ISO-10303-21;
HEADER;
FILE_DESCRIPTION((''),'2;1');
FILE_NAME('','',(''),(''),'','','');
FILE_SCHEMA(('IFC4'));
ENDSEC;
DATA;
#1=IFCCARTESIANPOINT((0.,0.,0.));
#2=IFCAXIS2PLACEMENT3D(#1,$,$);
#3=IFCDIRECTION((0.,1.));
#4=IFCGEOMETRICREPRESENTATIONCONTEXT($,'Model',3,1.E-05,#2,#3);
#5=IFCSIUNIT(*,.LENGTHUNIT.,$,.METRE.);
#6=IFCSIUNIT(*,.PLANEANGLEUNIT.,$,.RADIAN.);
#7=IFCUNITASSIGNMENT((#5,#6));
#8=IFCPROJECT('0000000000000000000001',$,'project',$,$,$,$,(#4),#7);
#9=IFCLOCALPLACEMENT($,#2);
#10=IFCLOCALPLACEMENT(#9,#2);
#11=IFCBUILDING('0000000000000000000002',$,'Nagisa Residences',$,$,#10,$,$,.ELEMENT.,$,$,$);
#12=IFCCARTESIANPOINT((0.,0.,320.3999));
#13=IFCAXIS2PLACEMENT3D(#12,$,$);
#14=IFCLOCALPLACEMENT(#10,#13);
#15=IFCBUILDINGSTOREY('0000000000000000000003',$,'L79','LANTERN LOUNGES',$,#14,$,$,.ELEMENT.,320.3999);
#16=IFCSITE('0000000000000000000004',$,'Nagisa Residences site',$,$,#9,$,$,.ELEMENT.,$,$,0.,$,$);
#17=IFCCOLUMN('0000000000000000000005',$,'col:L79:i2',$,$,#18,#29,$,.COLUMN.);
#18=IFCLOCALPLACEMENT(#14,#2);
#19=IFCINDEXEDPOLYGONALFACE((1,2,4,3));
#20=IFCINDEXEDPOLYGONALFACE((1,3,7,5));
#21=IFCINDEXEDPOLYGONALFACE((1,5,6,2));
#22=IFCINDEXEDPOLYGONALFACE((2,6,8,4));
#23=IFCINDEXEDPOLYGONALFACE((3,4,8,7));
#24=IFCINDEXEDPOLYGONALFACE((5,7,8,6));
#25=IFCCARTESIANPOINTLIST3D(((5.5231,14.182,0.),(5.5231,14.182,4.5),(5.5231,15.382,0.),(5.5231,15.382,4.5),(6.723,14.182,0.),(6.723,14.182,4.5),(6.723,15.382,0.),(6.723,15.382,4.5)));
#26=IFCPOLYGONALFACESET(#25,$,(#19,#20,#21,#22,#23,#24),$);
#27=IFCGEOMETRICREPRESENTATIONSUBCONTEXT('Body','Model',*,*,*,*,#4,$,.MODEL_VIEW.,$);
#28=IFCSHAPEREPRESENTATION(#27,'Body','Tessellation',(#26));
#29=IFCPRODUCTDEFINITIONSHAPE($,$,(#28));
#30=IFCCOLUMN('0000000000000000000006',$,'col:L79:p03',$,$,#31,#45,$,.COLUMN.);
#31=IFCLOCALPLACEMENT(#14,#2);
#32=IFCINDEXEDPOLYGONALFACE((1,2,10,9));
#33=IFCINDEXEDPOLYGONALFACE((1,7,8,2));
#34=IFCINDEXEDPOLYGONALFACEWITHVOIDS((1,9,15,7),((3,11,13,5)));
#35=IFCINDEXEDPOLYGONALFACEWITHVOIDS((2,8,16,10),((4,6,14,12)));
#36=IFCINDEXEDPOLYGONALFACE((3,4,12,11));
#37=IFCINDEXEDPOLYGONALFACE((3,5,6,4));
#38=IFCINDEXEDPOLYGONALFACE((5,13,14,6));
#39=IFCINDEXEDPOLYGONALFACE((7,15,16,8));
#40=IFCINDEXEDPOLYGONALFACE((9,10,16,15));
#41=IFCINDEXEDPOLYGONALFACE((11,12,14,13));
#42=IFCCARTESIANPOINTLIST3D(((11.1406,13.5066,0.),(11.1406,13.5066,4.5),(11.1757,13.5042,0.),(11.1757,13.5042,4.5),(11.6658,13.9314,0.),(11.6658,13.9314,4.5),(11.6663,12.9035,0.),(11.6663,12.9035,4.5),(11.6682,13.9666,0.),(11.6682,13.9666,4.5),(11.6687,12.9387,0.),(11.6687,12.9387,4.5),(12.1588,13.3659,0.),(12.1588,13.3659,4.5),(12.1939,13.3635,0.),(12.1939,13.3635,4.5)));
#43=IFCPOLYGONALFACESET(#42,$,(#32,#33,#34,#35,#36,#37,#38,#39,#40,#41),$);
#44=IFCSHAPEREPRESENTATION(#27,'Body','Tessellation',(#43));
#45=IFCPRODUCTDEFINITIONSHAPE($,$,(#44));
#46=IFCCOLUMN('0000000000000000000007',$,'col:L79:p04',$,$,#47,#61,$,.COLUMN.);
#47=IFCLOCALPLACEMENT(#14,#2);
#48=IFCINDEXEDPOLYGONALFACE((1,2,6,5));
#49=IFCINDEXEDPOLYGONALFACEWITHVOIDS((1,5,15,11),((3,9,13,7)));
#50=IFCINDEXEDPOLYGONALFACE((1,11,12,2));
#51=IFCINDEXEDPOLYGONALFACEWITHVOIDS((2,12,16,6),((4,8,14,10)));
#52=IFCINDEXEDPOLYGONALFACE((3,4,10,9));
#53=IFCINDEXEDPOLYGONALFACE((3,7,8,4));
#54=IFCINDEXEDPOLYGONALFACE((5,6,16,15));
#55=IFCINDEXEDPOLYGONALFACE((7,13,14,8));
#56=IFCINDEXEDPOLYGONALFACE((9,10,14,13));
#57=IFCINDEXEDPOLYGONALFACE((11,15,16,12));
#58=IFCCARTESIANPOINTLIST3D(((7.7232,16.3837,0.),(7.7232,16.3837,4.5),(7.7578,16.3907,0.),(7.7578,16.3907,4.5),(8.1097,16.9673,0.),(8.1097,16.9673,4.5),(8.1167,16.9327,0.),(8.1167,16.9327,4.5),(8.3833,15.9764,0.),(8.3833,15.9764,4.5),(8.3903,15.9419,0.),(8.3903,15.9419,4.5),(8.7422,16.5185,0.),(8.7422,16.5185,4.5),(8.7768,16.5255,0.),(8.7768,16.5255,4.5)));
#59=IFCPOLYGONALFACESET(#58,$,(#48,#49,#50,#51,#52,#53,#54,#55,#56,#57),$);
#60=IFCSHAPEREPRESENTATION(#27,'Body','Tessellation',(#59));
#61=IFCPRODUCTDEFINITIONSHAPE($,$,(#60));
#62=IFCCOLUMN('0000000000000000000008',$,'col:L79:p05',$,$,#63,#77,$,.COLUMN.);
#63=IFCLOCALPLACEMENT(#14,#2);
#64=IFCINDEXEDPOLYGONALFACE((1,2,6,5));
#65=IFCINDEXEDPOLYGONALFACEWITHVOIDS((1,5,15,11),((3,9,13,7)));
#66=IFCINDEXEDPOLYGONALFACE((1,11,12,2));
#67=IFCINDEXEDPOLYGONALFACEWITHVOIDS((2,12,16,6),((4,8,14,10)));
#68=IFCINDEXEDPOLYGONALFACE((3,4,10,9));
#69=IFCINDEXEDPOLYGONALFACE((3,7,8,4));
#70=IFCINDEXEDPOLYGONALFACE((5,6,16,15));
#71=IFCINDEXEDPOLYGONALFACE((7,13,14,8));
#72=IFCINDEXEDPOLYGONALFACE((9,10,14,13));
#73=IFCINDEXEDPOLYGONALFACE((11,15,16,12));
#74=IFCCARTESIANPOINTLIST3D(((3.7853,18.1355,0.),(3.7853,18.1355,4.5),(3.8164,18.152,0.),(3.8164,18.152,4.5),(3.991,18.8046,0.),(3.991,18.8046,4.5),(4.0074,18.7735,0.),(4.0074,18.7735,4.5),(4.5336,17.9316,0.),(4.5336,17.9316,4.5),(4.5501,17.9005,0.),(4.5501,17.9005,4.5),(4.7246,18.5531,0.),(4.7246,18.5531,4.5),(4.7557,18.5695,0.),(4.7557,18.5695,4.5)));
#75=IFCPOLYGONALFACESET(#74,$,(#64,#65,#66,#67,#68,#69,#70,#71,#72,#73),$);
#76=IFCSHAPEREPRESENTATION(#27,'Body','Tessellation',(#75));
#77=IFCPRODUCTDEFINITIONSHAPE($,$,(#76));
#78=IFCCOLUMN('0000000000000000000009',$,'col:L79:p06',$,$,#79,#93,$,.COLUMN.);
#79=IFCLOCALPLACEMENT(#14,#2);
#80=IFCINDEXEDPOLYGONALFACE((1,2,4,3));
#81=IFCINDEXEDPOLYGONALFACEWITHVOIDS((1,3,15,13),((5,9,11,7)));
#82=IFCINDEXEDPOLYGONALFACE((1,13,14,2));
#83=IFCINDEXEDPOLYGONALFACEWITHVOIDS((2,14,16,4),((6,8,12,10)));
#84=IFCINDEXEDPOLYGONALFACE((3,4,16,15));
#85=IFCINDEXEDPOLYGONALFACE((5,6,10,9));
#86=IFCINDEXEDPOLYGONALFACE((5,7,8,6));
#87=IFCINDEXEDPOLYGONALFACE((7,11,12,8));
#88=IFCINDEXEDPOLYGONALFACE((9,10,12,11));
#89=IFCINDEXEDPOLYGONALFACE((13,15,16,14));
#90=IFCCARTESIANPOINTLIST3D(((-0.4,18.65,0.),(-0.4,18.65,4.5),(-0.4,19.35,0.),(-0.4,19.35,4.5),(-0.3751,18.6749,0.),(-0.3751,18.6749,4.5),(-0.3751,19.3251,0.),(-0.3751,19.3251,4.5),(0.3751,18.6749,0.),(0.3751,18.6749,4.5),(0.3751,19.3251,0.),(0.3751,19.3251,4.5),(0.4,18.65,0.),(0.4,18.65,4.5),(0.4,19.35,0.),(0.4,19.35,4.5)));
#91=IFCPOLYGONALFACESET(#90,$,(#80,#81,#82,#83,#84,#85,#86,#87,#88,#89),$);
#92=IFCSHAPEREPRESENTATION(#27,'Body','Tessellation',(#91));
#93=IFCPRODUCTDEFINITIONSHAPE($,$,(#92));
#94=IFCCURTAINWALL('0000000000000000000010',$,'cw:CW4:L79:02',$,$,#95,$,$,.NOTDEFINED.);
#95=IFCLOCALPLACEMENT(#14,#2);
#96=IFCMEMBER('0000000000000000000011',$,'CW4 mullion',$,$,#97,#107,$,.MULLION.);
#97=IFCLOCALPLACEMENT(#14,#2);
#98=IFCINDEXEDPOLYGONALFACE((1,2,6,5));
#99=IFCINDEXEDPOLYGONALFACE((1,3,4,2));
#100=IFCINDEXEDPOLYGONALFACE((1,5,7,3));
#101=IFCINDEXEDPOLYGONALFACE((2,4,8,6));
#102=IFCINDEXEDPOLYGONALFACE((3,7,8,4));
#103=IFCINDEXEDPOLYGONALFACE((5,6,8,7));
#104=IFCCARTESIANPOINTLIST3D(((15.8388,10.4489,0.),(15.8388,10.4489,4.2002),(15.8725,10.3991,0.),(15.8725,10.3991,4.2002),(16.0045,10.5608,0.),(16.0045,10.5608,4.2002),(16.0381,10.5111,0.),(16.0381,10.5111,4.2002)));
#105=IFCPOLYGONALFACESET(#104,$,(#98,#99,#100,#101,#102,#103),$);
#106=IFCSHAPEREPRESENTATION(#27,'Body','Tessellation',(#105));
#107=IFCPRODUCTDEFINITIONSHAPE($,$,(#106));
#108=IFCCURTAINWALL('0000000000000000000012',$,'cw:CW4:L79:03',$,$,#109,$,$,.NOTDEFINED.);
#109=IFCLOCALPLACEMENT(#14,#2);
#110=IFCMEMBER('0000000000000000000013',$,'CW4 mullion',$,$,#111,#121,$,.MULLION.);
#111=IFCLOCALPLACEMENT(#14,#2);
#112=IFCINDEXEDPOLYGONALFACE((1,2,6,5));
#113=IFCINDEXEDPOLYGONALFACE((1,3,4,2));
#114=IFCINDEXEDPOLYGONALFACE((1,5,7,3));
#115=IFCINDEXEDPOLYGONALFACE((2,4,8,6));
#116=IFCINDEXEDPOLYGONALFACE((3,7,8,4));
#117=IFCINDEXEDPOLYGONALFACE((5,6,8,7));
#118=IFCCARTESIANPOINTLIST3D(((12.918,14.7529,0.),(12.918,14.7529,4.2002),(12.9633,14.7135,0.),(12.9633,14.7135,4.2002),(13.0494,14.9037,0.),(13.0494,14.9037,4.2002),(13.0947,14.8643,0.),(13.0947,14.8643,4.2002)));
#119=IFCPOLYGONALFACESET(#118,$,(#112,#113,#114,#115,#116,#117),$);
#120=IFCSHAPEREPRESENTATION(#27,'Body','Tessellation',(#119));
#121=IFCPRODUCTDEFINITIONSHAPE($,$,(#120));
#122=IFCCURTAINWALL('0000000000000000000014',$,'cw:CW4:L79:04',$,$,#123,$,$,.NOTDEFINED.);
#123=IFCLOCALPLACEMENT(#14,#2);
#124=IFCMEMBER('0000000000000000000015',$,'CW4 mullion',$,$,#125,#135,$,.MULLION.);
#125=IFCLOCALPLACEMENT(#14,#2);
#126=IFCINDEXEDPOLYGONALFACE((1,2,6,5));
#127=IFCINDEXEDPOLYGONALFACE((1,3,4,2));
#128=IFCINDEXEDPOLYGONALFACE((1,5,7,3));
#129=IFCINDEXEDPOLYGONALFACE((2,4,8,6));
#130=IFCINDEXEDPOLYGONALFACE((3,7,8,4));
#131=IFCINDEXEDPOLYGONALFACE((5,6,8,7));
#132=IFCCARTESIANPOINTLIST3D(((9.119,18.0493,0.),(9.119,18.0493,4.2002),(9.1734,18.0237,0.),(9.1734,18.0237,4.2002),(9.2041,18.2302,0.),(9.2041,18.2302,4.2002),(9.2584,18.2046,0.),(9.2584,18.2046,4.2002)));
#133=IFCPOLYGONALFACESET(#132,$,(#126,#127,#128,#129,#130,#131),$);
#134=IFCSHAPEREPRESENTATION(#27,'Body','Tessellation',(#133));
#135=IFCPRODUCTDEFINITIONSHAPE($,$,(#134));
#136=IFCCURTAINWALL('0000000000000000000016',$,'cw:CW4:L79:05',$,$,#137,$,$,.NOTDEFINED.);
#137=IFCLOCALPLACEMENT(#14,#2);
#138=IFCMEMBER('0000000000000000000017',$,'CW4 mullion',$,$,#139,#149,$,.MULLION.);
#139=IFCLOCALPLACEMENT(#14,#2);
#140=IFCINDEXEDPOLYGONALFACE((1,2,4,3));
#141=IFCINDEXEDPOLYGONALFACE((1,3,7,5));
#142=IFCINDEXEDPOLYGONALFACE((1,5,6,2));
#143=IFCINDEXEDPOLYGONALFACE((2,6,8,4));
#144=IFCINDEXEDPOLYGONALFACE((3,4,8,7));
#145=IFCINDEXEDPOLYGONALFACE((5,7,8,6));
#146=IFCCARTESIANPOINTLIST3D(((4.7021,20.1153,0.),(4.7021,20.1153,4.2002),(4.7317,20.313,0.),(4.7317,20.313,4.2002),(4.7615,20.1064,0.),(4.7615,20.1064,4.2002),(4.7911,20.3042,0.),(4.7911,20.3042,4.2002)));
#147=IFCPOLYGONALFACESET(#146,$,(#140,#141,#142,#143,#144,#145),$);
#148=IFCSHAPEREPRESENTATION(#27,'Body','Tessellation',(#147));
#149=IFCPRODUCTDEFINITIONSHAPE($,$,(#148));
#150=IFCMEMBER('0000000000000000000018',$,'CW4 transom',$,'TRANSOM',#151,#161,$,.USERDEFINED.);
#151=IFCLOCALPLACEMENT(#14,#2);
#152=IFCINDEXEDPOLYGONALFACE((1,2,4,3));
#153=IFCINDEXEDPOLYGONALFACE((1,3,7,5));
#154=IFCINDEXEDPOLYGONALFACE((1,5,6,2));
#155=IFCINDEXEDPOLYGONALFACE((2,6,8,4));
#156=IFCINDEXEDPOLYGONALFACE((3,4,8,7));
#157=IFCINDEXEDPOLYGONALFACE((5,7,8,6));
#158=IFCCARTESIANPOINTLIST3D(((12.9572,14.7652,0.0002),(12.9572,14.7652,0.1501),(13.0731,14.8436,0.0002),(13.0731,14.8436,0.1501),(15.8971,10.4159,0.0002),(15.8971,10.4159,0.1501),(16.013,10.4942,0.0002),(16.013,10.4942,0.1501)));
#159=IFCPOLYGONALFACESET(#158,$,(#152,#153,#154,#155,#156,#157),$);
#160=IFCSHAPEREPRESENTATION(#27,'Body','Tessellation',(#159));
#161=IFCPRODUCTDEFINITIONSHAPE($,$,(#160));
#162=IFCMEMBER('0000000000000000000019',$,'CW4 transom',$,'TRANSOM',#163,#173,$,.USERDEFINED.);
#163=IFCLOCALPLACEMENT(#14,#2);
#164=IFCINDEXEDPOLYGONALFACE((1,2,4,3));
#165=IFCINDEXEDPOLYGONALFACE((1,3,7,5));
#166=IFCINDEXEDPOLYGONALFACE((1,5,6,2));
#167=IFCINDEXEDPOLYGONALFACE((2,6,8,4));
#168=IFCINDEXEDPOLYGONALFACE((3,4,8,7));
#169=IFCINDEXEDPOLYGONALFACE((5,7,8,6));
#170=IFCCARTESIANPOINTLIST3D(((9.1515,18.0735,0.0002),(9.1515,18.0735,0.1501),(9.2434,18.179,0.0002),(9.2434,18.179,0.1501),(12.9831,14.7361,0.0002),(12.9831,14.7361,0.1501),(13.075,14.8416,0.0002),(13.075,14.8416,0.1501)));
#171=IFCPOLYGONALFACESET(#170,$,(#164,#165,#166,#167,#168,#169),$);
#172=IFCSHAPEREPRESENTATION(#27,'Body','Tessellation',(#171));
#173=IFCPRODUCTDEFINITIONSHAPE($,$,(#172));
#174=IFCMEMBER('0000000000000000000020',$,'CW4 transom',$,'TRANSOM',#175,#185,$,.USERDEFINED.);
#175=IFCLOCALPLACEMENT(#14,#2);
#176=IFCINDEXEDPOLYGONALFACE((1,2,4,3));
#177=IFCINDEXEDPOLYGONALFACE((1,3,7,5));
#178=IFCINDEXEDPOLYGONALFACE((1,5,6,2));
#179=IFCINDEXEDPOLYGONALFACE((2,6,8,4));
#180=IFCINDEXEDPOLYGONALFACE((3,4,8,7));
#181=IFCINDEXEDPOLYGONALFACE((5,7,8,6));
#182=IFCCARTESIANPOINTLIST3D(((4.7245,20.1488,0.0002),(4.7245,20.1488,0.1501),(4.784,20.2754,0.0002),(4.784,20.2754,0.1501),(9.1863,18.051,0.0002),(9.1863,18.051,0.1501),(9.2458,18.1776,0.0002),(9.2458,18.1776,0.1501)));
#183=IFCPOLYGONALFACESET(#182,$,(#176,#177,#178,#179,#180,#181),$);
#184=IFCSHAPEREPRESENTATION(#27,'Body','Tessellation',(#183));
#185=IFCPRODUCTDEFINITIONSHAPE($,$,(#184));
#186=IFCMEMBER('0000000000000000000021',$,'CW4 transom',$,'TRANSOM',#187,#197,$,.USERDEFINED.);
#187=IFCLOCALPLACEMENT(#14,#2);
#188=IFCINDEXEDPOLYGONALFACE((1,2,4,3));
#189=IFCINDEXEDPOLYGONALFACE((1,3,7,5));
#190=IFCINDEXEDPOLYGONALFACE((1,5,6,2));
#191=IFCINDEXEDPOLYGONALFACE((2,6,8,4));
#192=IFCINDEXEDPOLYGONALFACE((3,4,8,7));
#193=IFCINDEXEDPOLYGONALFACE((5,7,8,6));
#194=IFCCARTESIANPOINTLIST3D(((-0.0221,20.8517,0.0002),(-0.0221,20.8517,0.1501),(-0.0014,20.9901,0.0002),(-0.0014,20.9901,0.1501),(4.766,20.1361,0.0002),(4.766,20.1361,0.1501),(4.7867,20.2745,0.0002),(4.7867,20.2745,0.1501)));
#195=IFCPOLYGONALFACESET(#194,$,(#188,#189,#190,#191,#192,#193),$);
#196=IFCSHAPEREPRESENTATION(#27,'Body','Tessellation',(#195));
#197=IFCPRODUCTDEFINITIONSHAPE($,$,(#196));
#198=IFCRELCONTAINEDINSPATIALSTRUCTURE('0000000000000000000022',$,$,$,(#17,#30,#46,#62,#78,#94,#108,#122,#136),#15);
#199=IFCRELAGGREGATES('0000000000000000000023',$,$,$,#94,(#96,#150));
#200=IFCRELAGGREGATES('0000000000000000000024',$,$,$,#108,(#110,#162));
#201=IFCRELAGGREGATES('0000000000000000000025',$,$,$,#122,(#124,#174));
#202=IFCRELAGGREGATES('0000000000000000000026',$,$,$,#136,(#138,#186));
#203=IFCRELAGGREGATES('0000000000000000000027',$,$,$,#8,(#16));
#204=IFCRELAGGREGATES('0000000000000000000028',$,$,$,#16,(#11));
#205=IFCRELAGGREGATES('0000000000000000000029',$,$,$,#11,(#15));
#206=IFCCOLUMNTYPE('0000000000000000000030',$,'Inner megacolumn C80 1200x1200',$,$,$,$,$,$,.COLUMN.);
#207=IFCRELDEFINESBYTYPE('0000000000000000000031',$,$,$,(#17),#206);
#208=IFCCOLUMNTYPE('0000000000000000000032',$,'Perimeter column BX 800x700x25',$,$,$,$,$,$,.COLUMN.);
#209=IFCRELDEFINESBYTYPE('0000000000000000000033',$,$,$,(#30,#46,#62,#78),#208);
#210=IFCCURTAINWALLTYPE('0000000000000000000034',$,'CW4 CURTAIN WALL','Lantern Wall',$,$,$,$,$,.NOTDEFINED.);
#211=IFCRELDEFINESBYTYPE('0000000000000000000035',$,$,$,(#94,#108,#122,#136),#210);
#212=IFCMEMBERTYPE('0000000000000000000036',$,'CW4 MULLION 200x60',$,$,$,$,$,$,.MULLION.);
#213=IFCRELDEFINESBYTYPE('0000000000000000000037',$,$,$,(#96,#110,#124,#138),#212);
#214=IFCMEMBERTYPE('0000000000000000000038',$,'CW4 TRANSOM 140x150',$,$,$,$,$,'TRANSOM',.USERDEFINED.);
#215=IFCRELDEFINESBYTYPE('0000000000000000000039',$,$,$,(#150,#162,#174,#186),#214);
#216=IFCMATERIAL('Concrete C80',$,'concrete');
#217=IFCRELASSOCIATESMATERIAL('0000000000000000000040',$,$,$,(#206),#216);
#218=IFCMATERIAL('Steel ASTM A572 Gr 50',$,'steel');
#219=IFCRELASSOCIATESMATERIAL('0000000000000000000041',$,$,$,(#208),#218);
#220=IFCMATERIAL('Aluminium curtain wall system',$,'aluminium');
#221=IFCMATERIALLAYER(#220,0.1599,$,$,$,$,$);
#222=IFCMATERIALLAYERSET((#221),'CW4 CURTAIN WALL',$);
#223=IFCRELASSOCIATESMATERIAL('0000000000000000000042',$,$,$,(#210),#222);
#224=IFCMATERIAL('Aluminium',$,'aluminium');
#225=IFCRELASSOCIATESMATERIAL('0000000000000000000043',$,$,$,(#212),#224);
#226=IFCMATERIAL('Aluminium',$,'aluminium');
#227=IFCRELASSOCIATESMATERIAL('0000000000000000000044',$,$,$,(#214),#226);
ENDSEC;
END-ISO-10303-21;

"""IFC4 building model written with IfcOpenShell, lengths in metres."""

from ifc_helpers import new_model, si_unit, direction, frame, origin, origin_2d, place, context, subcontext, project, spatial, rectangle, hollow_rectangle, extrude, material, layer, layer_set, material_profile, profile_set, type_object, element, aggregate, save


model = new_model("IFC4")

# Units and contexts
model_context = context("Model", 3, precision=1e-05, world=origin(), true_north=direction((0.0, 1.0)))
body_context = subcontext(model_context, "Body", "Model", "MODEL_VIEW")
ifc_project = project(units=[si_unit("LENGTHUNIT", "METRE"), si_unit("PLANEANGLEUNIT", "RADIAN")], contexts=[model_context])

# Site, building, storey
site_placement = place(None, origin())
site = spatial("IfcSite", under=ifc_project, at=site_placement, Name="Nagisa Residences site", CompositionType="ELEMENT", RefElevation=0.0)
building_placement = place(site_placement, origin())
building = spatial("IfcBuilding", under=site, at=building_placement, Name="Nagisa Residences", CompositionType="ELEMENT")
storey_placement = place(building_placement, frame((0.0, 0.0, 320.3999)))
storey = spatial("IfcBuildingStorey", under=building, at=storey_placement, Name="L79", Description="LANTERN LOUNGES", CompositionType="ELEMENT", Elevation=320.3999)

# Columns
ifc_material_1 = material(Name="Concrete C80", Category="concrete")
ifc_material_profile_1 = material_profile(ifc_material_1, rectangle(XDim=1.2, YDim=1.2, at=origin_2d()), Name="C80 1200x1200")
ifc_profile_set_1 = profile_set([ifc_material_profile_1], Name="Concrete C80")
column_type_1 = type_object("IfcColumnType", Name="Inner megacolumn C80 1200x1200", PredefinedType="COLUMN", material=ifc_profile_set_1)
column_placement = place(storey_placement, frame((6.123, 14.782, 0.0), z_axis=(0.0, 0.0, 1.0), x_axis=(1.0, 0.0, 0.0)))
element("IfcColumn", 1, at=column_placement, inside=storey, type_object=column_type_1, Name="col:L79:i2", PredefinedType="COLUMN", context=body_context, shape_type="SweptSolid", body=[
    extrude(rectangle(XDim=1.2, YDim=1.2, at=origin_2d()), origin(), (0.0, 0.0, 1.0), 4.5),
])
ifc_material_2 = material(Name="Steel ASTM A572 Gr 50", Category="steel")
ifc_material_profile_2 = material_profile(ifc_material_2, hollow_rectangle(XDim=0.8, YDim=0.7, WallThickness=0.0249, at=origin_2d()), Name="BX 800x700x25")
ifc_profile_set_2 = profile_set([ifc_material_profile_2], Name="Steel ASTM A572 Gr 50")
column_type_2 = type_object("IfcColumnType", Name="Perimeter column BX 800x700x25", PredefinedType="COLUMN", material=ifc_profile_set_2)
for number, where, z_axis, x_axis, name in (
    (2, (11.6672, 13.4351, 0.0), (0.0, 0.0, 1.0), (-0.657135, 0.753773, 0.0), "col:L79:p03"),
    (3, (8.25, 16.4546, 0.0), (0.0, 0.0, 1.0), (-0.833744, 0.552151, 0.0), "col:L79:p04"),
    (4, (4.2705, 18.3525, 0.0), (0.0, 0.0, 1.0), (-0.95587, 0.29379, 0.0), "col:L79:p05"),
    (5, (0.0, 19.0, 0.0), (0.0, 0.0, 1.0), (-1.0, 0.0, 0.0), "col:L79:p06"),
):
    element("IfcColumn", number, at=place(storey_placement, frame(where, z_axis=z_axis, x_axis=x_axis)), inside=storey, type_object=column_type_2, Name=name, PredefinedType="COLUMN", context=body_context, shape_type="SweptSolid", body=[
        extrude(hollow_rectangle(XDim=0.8, YDim=0.7, WallThickness=0.0249, at=origin_2d()), origin(), (0.0, 0.0, 1.0), 4.5),
    ])

# Curtain walls, members
ifc_material_3 = material(Name="Aluminium curtain wall system", Category="aluminium")
ifc_layer_1 = layer(ifc_material_3, 0.1599)
ifc_layer_set_1 = layer_set([ifc_layer_1], Name="CW4 CURTAIN WALL")
curtain_wall_type = type_object("IfcCurtainWallType", Name="CW4 CURTAIN WALL", Description="Lantern Wall", PredefinedType="NOTDEFINED", material=ifc_layer_set_1)
curtain_wall_1_placement = place(storey_placement, origin())
curtain_wall_1 = element("IfcCurtainWall", 6, at=curtain_wall_1_placement, inside=storey, type_object=curtain_wall_type, Name="cw:CW4:L79:02", PredefinedType="NOTDEFINED")
ifc_material_4 = material(Name="Aluminium", Category="aluminium")
ifc_material_profile_3 = material_profile(ifc_material_4, rectangle(XDim=0.2, YDim=0.0601, at=origin_2d()), Name="CW4 MULLION 200x60")
ifc_profile_set_3 = profile_set([ifc_material_profile_3], Name="Aluminium")
member_type_1 = type_object("IfcMemberType", Name="CW4 MULLION 200x60", PredefinedType="MULLION", material=ifc_profile_set_3)
member_1_placement = place(storey_placement, frame((15.9385, 10.48, 0.0), z_axis=(0.0, 0.0, 1.0), x_axis=(-0.828473, -0.56003, 0.0)))
member_1 = element("IfcMember", 7, at=member_1_placement, type_object=member_type_1, Name="CW4 mullion", PredefinedType="MULLION", context=body_context, shape_type="SweptSolid", body=[
    extrude(rectangle(XDim=0.2, YDim=0.0601, at=origin_2d()), origin(), (0.0, 0.0, 1.0), 4.2002),
])
curtain_wall_2_placement = place(storey_placement, origin())
curtain_wall_2 = element("IfcCurtainWall", 8, at=curtain_wall_2_placement, inside=storey, type_object=curtain_wall_type, Name="cw:CW4:L79:03", PredefinedType="NOTDEFINED")
member_2_placement = place(storey_placement, frame((13.0063, 14.8086, 0.0), z_axis=(0.0, 0.0, 1.0), x_axis=(-0.656803, -0.754062, 0.0)))
member_2 = element("IfcMember", 9, at=member_2_placement, type_object=member_type_1, Name="CW4 mullion", PredefinedType="MULLION", context=body_context, shape_type="SweptSolid", body=[
    extrude(rectangle(XDim=0.2, YDim=0.0601, at=origin_2d()), origin(), (0.0, 0.0, 1.0), 4.2002),
])
curtain_wall_3_placement = place(storey_placement, origin())
curtain_wall_3 = element("IfcCurtainWall", 10, at=curtain_wall_3_placement, inside=storey, type_object=curtain_wall_type, Name="cw:CW4:L79:04", PredefinedType="NOTDEFINED")
member_3_placement = place(storey_placement, frame((9.1887, 18.127, 0.0), z_axis=(0.0, 0.0, 1.0), x_axis=(-0.425501, -0.904958, 0.0)))
member_3 = element("IfcMember", 11, at=member_3_placement, type_object=member_type_1, Name="CW4 mullion", PredefinedType="MULLION", context=body_context, shape_type="SweptSolid", body=[
    extrude(rectangle(XDim=0.2, YDim=0.0601, at=origin_2d()), origin(), (0.0, 0.0, 1.0), 4.2002),
])
curtain_wall_4_placement = place(storey_placement, origin())
curtain_wall_4 = element("IfcCurtainWall", 12, at=curtain_wall_4_placement, inside=storey, type_object=curtain_wall_type, Name="cw:CW4:L79:05", PredefinedType="NOTDEFINED")
member_4_placement = place(storey_placement, frame((4.7466, 20.2097, 0.0), z_axis=(0.0, 0.0, 1.0), x_axis=(-0.147802, -0.989017, 0.0)))
member_4 = element("IfcMember", 13, at=member_4_placement, type_object=member_type_1, Name="CW4 mullion", PredefinedType="MULLION", context=body_context, shape_type="SweptSolid", body=[
    extrude(rectangle(XDim=0.2, YDim=0.0601, at=origin_2d()), origin(), (0.0, 0.0, 1.0), 4.2002),
])

# Members
ifc_material_5 = material(Name="Aluminium", Category="aluminium")
ifc_material_profile_4 = material_profile(ifc_material_5, rectangle(XDim=0.1399, YDim=0.1499, at=origin_2d()), Name="CW4 TRANSOM 140x150")
ifc_profile_set_4 = profile_set([ifc_material_profile_4], Name="Aluminium")
member_type_2 = type_object("IfcMemberType", Name="CW4 TRANSOM 140x150", ElementType="TRANSOM", PredefinedType="USERDEFINED", material=ifc_profile_set_4)
member_5_placement = place(storey_placement, frame((15.9551, 10.4551, 0.0752), z_axis=(-0.560012, 0.828485, 0.0), x_axis=(-0.828485, -0.560012, 0.0)))
member_5 = element("IfcMember", 14, at=member_5_placement, type_object=member_type_2, Name="CW4 transom", ObjectType="TRANSOM", PredefinedType="USERDEFINED", context=body_context, shape_type="SweptSolid", body=[
    extrude(rectangle(XDim=0.1399, YDim=0.1499, at=origin_2d()), origin(), (0.0, 0.0, 1.0), 5.2498),
])
member_6_placement = place(storey_placement, frame((13.0291, 14.7888, 0.0752), z_axis=(-0.754057, 0.656809, 0.0), x_axis=(-0.656809, -0.754057, 0.0)))
member_6 = element("IfcMember", 15, at=member_6_placement, type_object=member_type_2, Name="CW4 transom", ObjectType="TRANSOM", PredefinedType="USERDEFINED", context=body_context, shape_type="SweptSolid", body=[
    extrude(rectangle(XDim=0.1399, YDim=0.1499, at=origin_2d()), origin(), (0.0, 0.0, 1.0), 5.0813),
])
member_7_placement = place(storey_placement, frame((9.2161, 18.1143, 0.0752), z_axis=(-0.904961, 0.425494, 0.0), x_axis=(-0.425494, -0.904961, 0.0)))
member_7 = element("IfcMember", 16, at=member_7_placement, type_object=member_type_2, Name="CW4 transom", ObjectType="TRANSOM", PredefinedType="USERDEFINED", context=body_context, shape_type="SweptSolid", body=[
    extrude(rectangle(XDim=0.1399, YDim=0.1499, at=origin_2d()), origin(), (0.0, 0.0, 1.0), 4.9304),
])
member_8_placement = place(storey_placement, frame((4.7764, 20.2053, 0.0752), z_axis=(-0.989016, 0.147808, 0.0), x_axis=(-0.147808, -0.989016, 0.0)))
member_8 = element("IfcMember", 17, at=member_8_placement, type_object=member_type_2, Name="CW4 transom", ObjectType="TRANSOM", PredefinedType="USERDEFINED", context=body_context, shape_type="SweptSolid", body=[
    extrude(rectangle(XDim=0.1399, YDim=0.1499, at=origin_2d()), origin(), (0.0, 0.0, 1.0), 4.8413),
])

aggregate(curtain_wall_1, [member_1, member_5])
aggregate(curtain_wall_2, [member_2, member_6])
aggregate(curtain_wall_3, [member_3, member_7])
aggregate(curtain_wall_4, [member_4, member_8])

save(model, "model.ifc")
